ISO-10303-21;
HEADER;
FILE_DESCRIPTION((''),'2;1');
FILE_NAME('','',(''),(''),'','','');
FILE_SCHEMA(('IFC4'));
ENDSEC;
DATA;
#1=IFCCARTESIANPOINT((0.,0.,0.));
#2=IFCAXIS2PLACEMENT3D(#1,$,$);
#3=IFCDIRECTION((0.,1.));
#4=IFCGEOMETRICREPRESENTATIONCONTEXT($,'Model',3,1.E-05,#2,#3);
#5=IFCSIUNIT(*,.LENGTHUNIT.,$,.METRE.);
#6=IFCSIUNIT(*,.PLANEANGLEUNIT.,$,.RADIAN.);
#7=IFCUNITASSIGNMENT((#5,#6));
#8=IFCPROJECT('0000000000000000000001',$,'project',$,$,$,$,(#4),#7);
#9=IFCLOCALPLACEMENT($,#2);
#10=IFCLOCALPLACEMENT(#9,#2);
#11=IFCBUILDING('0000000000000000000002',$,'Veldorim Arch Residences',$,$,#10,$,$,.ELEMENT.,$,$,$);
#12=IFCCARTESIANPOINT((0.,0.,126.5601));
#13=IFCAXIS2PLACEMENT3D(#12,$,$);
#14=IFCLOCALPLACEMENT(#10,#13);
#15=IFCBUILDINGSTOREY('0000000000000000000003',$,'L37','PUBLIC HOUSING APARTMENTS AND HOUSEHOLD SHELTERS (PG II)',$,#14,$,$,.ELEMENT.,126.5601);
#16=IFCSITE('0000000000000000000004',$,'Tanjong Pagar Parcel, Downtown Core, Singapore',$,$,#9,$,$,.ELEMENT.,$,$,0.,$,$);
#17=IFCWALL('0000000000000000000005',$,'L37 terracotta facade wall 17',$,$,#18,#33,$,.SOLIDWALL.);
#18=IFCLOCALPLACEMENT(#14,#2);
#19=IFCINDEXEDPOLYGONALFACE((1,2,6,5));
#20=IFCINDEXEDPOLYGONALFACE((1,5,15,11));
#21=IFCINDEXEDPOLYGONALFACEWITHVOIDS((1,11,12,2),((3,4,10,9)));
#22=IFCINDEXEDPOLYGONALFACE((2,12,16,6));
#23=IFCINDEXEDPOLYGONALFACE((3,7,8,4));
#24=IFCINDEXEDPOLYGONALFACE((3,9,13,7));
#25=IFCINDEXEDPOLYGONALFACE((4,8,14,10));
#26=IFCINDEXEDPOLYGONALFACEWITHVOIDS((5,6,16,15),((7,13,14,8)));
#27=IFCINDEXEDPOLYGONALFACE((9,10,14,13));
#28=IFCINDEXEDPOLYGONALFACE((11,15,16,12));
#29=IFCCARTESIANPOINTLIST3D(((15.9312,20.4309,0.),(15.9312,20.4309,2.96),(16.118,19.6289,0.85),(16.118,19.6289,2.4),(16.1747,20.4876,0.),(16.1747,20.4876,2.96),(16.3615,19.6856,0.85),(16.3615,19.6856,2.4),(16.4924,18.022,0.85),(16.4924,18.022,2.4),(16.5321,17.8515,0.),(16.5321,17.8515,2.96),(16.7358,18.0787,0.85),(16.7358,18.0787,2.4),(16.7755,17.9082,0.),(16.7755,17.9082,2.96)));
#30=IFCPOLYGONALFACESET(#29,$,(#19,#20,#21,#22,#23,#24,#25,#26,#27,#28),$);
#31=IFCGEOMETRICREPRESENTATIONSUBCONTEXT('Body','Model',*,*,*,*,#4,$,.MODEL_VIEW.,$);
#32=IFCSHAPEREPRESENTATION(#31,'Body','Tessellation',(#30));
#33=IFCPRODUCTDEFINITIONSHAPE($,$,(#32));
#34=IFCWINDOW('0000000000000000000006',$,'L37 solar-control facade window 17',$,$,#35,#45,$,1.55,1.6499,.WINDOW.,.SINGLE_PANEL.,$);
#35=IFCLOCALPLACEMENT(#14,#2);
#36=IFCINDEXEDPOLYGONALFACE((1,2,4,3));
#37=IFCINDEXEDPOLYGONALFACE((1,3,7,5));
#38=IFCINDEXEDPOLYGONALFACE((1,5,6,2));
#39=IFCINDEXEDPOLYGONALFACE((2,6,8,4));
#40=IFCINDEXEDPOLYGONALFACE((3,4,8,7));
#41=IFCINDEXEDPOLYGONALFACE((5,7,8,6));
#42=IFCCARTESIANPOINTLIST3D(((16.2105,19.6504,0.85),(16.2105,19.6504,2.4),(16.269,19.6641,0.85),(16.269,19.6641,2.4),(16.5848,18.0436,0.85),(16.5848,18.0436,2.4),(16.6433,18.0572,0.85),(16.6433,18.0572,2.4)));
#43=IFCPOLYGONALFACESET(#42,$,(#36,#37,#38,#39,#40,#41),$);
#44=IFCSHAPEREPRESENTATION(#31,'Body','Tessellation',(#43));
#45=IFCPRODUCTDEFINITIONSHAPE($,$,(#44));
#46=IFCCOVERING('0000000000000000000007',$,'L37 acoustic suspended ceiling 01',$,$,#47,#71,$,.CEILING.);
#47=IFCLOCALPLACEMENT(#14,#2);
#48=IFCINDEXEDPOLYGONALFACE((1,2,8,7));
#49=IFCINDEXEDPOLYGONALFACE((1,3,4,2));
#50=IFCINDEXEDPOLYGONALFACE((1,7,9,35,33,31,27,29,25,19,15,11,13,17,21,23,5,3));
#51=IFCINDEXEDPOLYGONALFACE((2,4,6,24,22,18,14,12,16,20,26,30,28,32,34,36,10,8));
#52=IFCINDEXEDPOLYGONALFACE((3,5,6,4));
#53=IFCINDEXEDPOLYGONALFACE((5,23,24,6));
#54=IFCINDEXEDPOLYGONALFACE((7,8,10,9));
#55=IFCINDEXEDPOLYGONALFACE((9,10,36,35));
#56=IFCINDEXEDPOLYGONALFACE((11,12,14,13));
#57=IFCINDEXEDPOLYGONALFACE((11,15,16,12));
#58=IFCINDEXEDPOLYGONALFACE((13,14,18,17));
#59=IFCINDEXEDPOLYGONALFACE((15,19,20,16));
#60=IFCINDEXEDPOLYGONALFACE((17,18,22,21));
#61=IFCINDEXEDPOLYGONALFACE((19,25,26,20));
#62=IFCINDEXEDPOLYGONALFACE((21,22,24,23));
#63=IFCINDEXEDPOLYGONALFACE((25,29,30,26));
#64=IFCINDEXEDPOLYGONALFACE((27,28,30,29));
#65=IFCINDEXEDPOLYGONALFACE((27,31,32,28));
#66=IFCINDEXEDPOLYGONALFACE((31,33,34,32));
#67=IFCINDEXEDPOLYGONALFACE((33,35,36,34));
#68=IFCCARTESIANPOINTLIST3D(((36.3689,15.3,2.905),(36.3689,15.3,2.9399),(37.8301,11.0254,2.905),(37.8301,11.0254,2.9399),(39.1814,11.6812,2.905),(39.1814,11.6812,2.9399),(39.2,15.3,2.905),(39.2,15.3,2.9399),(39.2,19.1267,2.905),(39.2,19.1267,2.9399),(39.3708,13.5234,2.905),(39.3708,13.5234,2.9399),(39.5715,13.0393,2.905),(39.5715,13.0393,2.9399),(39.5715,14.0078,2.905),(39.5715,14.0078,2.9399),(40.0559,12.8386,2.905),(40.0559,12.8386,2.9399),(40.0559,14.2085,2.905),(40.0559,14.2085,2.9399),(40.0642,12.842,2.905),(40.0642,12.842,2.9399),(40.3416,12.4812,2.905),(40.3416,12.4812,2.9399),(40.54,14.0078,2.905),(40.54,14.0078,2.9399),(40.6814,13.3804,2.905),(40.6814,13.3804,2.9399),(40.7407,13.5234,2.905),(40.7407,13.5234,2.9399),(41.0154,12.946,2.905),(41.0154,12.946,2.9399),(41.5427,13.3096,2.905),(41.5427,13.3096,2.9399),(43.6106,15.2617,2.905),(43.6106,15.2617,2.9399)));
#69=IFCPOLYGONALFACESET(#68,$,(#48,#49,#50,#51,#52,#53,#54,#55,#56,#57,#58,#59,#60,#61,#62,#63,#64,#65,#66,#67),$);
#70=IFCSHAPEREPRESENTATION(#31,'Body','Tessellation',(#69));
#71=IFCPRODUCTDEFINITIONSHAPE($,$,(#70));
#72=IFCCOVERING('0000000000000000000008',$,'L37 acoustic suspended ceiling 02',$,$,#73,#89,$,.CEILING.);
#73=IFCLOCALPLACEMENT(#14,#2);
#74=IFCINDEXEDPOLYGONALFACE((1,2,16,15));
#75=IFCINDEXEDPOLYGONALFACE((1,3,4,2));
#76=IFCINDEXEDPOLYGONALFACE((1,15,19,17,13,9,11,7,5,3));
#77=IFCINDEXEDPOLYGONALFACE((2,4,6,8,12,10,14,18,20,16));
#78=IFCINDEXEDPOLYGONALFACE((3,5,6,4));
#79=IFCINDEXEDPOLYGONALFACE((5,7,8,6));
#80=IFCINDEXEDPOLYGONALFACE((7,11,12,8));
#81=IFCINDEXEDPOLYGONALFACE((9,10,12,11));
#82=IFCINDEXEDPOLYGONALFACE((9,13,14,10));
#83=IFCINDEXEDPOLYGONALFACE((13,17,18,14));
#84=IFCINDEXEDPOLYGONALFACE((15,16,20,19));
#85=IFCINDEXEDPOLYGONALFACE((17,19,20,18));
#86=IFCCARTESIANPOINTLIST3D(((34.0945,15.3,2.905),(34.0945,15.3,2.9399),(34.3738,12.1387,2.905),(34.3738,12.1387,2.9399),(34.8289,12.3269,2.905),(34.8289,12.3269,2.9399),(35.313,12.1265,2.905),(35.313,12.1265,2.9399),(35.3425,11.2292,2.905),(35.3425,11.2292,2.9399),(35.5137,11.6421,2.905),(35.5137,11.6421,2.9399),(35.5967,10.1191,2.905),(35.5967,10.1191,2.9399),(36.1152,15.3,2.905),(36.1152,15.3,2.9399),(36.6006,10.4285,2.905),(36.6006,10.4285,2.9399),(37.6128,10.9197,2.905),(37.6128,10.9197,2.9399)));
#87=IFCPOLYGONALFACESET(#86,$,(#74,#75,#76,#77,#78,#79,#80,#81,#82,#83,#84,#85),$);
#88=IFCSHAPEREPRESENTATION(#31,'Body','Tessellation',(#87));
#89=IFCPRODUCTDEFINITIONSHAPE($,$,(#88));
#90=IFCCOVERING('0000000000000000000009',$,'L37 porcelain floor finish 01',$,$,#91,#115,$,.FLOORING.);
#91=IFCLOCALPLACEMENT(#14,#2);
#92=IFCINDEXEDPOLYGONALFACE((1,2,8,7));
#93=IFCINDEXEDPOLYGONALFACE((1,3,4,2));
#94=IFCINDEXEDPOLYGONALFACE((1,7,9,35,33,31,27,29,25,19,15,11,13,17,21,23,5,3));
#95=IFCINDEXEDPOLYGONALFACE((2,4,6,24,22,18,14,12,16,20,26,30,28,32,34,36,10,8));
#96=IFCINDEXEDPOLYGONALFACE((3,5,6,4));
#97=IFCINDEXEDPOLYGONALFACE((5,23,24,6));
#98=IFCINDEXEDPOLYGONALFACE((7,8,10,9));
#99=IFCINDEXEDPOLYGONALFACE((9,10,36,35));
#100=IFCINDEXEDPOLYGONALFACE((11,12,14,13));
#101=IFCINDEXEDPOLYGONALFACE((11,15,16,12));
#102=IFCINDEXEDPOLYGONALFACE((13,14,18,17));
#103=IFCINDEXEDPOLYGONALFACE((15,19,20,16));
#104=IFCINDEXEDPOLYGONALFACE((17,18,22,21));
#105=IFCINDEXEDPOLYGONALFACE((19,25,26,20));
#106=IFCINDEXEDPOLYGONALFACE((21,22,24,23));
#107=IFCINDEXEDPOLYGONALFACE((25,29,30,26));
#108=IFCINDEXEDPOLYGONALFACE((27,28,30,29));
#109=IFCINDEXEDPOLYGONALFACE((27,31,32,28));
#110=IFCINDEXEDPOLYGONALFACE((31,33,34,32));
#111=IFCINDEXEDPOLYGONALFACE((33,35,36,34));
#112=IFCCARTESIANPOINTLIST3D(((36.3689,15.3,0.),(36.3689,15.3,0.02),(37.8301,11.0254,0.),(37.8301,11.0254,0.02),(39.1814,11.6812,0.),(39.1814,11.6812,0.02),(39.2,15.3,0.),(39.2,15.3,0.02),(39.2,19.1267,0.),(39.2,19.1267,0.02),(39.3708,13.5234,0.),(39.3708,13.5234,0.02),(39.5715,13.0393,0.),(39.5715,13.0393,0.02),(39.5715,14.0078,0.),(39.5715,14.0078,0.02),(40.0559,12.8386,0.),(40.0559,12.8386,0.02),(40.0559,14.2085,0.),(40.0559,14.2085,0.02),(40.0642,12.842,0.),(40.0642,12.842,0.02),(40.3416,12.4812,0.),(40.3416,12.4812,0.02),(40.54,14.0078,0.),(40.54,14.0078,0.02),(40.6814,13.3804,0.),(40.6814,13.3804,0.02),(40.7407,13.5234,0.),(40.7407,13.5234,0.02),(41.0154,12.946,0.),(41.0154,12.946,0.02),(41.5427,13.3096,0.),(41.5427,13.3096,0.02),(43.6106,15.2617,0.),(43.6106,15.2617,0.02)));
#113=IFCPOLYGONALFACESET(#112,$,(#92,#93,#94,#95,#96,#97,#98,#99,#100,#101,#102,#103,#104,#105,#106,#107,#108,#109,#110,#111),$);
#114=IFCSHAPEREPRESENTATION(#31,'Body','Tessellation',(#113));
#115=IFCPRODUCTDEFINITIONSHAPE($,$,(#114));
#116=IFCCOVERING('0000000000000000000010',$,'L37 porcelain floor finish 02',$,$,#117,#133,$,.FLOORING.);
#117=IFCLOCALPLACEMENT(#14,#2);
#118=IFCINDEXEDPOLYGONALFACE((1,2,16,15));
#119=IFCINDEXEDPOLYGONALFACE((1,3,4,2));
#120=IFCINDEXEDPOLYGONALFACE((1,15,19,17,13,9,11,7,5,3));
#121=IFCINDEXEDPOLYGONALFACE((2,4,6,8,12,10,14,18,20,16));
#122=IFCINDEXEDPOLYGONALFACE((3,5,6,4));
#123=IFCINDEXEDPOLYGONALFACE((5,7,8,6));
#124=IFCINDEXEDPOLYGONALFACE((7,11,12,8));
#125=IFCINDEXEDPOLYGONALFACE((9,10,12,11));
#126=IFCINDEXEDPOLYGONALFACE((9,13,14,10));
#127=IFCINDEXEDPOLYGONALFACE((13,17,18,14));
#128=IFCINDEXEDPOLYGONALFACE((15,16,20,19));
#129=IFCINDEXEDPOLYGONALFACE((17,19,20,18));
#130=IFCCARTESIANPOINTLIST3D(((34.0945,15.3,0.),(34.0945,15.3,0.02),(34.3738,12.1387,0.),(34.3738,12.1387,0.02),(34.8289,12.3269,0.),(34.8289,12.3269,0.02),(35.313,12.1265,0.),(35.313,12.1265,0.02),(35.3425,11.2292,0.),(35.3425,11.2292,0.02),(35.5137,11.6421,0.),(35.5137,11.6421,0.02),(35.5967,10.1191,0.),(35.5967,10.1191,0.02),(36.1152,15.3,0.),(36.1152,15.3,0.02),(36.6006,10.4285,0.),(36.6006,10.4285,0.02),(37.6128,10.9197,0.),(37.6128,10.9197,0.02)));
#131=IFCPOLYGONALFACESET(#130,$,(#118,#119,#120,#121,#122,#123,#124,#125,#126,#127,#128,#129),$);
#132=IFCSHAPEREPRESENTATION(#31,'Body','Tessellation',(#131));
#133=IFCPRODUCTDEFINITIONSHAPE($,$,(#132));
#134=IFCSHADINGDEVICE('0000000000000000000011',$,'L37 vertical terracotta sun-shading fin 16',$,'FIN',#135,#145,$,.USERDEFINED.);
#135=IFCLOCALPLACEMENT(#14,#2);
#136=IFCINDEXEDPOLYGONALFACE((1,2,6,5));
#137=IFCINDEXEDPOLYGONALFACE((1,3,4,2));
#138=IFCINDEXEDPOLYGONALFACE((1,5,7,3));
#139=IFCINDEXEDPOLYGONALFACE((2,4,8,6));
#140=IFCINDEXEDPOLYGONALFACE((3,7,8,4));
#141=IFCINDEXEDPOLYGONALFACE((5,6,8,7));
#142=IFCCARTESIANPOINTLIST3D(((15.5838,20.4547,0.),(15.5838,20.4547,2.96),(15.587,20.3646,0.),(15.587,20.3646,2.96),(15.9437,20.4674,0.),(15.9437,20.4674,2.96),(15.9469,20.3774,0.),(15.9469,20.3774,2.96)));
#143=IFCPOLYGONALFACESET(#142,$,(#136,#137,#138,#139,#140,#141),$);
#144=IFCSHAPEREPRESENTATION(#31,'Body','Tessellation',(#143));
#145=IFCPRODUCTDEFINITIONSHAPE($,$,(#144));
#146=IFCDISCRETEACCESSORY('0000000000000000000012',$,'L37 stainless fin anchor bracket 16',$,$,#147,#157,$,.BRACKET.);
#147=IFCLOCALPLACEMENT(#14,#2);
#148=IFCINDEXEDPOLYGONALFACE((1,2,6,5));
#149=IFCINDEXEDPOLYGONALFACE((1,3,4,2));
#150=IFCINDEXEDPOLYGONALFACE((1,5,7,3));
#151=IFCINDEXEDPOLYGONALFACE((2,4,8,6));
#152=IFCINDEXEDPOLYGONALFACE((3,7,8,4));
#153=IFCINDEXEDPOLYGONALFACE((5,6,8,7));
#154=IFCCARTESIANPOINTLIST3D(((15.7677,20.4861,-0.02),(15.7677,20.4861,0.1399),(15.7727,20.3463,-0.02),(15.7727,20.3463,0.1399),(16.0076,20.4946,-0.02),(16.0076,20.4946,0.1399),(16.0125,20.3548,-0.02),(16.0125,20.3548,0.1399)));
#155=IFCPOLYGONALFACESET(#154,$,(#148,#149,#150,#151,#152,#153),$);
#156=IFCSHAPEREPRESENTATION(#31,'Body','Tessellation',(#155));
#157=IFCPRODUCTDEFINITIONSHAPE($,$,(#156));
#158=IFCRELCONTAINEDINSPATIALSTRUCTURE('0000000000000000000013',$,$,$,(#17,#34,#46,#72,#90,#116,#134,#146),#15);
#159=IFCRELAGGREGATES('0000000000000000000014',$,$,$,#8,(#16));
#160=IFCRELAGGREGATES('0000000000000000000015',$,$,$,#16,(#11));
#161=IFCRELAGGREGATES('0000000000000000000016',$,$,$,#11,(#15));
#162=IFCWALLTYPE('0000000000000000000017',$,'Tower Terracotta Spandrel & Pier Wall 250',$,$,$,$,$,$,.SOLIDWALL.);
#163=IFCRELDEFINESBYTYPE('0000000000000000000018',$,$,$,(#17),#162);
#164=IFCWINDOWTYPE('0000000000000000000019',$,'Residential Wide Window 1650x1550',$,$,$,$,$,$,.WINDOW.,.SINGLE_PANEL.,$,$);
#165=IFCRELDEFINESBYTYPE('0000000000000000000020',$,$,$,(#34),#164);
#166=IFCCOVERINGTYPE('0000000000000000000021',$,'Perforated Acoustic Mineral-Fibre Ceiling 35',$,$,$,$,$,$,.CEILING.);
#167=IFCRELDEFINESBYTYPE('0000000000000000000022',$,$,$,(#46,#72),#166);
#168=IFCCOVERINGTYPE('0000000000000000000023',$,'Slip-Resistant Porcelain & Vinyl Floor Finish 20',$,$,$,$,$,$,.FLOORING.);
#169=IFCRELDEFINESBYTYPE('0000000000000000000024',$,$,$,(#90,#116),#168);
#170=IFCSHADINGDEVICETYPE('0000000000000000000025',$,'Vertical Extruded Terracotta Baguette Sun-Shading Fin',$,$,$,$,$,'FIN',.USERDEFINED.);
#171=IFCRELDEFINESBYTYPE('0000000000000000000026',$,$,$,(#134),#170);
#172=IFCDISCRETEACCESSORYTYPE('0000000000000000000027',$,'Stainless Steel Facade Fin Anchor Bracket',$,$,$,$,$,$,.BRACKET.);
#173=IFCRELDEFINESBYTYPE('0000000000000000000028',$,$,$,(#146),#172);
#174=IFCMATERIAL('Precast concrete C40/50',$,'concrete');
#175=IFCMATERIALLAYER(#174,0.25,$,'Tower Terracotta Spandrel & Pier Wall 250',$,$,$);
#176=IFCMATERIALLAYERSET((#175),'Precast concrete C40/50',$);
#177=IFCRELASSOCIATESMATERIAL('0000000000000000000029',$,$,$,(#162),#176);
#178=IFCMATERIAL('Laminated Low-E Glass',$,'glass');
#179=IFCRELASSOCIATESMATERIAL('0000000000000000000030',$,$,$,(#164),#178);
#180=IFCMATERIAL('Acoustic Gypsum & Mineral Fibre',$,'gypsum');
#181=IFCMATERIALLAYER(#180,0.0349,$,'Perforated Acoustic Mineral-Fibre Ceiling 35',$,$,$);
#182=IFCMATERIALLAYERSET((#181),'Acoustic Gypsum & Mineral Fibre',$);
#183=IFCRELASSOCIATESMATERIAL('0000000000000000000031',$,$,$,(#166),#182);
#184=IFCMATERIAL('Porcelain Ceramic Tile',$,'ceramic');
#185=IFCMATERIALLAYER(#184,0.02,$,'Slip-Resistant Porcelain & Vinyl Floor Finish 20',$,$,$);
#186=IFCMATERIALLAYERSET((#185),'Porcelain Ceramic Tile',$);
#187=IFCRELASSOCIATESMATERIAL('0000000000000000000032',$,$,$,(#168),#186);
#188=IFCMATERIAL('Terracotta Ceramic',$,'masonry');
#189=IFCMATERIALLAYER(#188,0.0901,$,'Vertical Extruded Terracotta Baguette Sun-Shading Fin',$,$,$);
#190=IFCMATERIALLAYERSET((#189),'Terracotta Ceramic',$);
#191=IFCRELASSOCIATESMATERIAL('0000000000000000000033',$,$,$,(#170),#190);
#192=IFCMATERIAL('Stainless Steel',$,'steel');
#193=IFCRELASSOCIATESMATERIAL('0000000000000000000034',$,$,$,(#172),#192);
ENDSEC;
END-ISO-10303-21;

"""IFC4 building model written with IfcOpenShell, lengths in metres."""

from ifc_helpers import new_model, si_unit, direction, frame, frame_2d, origin, origin_2d, place, context, subcontext, project, spatial, polyline, rectangle, outline, extrude, material, layer, layer_set, type_object, element, fill, save


model = new_model("IFC4")

# Units and contexts
model_context = context("Model", 3, precision=1e-05, world=origin(), true_north=direction((0.0, 1.0)))
body_context = subcontext(model_context, "Body", "Model", "MODEL_VIEW")
ifc_project = project(units=[si_unit("LENGTHUNIT", "METRE"), si_unit("PLANEANGLEUNIT", "RADIAN")], contexts=[model_context])

# Site, building, storey
site_placement = place(None, origin())
site = spatial("IfcSite", under=ifc_project, at=site_placement, Name="Tanjong Pagar Parcel, Downtown Core, Singapore", CompositionType="ELEMENT", RefElevation=0.0)
building_placement = place(site_placement, origin())
building = spatial("IfcBuilding", under=site, at=building_placement, Name="Veldorim Arch Residences", CompositionType="ELEMENT")
storey_placement = place(building_placement, frame((0.0, 0.0, 126.5601)))
storey = spatial("IfcBuildingStorey", under=building, at=storey_placement, Name="L37", Description="PUBLIC HOUSING APARTMENTS AND HOUSEHOLD SHELTERS (PG II)", CompositionType="ELEMENT", Elevation=126.5601)

# Wall, opening, window
ifc_material_1 = material(Name="Precast concrete C40/50", Category="concrete")
ifc_layer_1 = layer(ifc_material_1, 0.25, Name="Tower Terracotta Spandrel & Pier Wall 250")
ifc_layer_set_1 = layer_set([ifc_layer_1], Name="Precast concrete C40/50")
wall_type_1 = type_object("IfcWallType", Name="Tower Terracotta Spandrel & Pier Wall 250", PredefinedType="SOLIDWALL", material=ifc_layer_set_1)
wall_1_placement = place(storey_placement, frame((16.6538, 17.8799, 0.0), z_axis=(0.0, 0.0, 1.0), x_axis=(-0.226865, 0.973926, 0.0)))
wall_1 = element("IfcWall", 1, at=wall_1_placement, inside=storey, type_object=wall_type_1, Name="L37 terracotta facade wall 17", PredefinedType="SOLIDWALL", context=body_context, shape_type="SweptSolid", body=[
    extrude(rectangle(XDim=2.6484, YDim=0.25, at=frame_2d((1.3242, 0.0))), origin(), (0.0, 0.0, 1.0), 2.96),
])
opening_1_placement = place(wall_1_placement, frame((0.175, 0.0, 0.8501)))
opening_1 = element("IfcOpeningElement", 2, at=opening_1_placement, cuts=wall_1, PredefinedType="OPENING", context=body_context, shape_type="SweptSolid", body=[
    extrude(rectangle(XDim=1.6499, YDim=1.55, at=frame_2d((0.825, 0.7749))), frame((0.0, 0.135, 0.0), z_axis=(0.0, -1.0, 0.0), x_axis=(1.0, 0.0, 0.0)), (0.0, 0.0, 1.0), 0.27),
])
ifc_material_2 = material(Name="Laminated Low-E Glass", Category="glass")
window_type = type_object("IfcWindowType", Name="Residential Wide Window 1650x1550", PartitioningType="SINGLE_PANEL", PredefinedType="WINDOW", material=ifc_material_2)
window_placement = place(opening_1_placement, origin())
window = element("IfcWindow", 3, at=window_placement, inside=storey, type_object=window_type, Name="L37 solar-control facade window 17", OverallHeight=1.55, OverallWidth=1.6499, PartitioningType="SINGLE_PANEL", PredefinedType="WINDOW", context=body_context, shape_type="SweptSolid", body=[
    extrude(rectangle(XDim=1.6499, YDim=1.55, at=frame_2d((0.825, 0.7749))), frame((0.0, 0.03, 0.0), z_axis=(0.0, -1.0, 0.0), x_axis=(1.0, 0.0, 0.0)), (0.0, 0.0, 1.0), 0.0601),
])
fill(opening_1, window)

# Coverings
ifc_material_3 = material(Name="Acoustic Gypsum & Mineral Fibre", Category="gypsum")
ifc_layer_2 = layer(ifc_material_3, 0.0349, Name="Perforated Acoustic Mineral-Fibre Ceiling 35")
ifc_layer_set_2 = layer_set([ifc_layer_2], Name="Acoustic Gypsum & Mineral Fibre")
covering_type_1 = type_object("IfcCoveringType", Name="Perforated Acoustic Mineral-Fibre Ceiling 35", PredefinedType="CEILING", material=ifc_layer_set_2)
covering_1_placement = place(storey_placement, frame((0.0, 0.0, 2.905)))
element("IfcCovering", 4, at=covering_1_placement, inside=storey, type_object=covering_type_1, Name="L37 acoustic suspended ceiling 01", PredefinedType="CEILING", context=body_context, shape_type="SweptSolid", body=[
    extrude(outline(polyline([(40.3416, 12.4812), (39.1814, 11.6812), (37.8301, 11.0254), (36.3689, 15.3), (39.2, 15.3), (39.2, 19.1267), (43.6106, 15.2617), (41.5427, 13.3096), (41.0154, 12.946), (40.6814, 13.3804), (40.7407, 13.5234), (40.54, 14.0078), (40.0559, 14.2085), (39.5715, 14.0078), (39.3708, 13.5234), (39.5715, 13.0393), (40.0559, 12.8386), (40.0642, 12.842), (40.3416, 12.4812)])), origin(), (0.0, 0.0, 1.0), 0.0349),
])
covering_2_placement = place(storey_placement, frame((0.0, 0.0, 2.905)))
element("IfcCovering", 5, at=covering_2_placement, inside=storey, type_object=covering_type_1, Name="L37 acoustic suspended ceiling 02", PredefinedType="CEILING", context=body_context, shape_type="SweptSolid", body=[
    extrude(outline(polyline([(34.0945, 15.3), (36.1152, 15.3), (37.6128, 10.9197), (36.6006, 10.4285), (35.5967, 10.1191), (35.3425, 11.2292), (35.5137, 11.6421), (35.313, 12.1265), (34.8289, 12.3269), (34.3738, 12.1387), (34.0945, 15.3)])), origin(), (0.0, 0.0, 1.0), 0.0349),
])
ifc_material_4 = material(Name="Porcelain Ceramic Tile", Category="ceramic")
ifc_layer_3 = layer(ifc_material_4, 0.02, Name="Slip-Resistant Porcelain & Vinyl Floor Finish 20")
ifc_layer_set_3 = layer_set([ifc_layer_3], Name="Porcelain Ceramic Tile")
covering_type_2 = type_object("IfcCoveringType", Name="Slip-Resistant Porcelain & Vinyl Floor Finish 20", PredefinedType="FLOORING", material=ifc_layer_set_3)
covering_3_placement = place(storey_placement, origin())
element("IfcCovering", 6, at=covering_3_placement, inside=storey, type_object=covering_type_2, Name="L37 porcelain floor finish 01", PredefinedType="FLOORING", context=body_context, shape_type="SweptSolid", body=[
    extrude(outline(polyline([(40.3416, 12.4812), (39.1814, 11.6812), (37.8301, 11.0254), (36.3689, 15.3), (39.2, 15.3), (39.2, 19.1267), (43.6106, 15.2617), (41.5427, 13.3096), (41.0154, 12.946), (40.6814, 13.3804), (40.7407, 13.5234), (40.54, 14.0078), (40.0559, 14.2085), (39.5715, 14.0078), (39.3708, 13.5234), (39.5715, 13.0393), (40.0559, 12.8386), (40.0642, 12.842), (40.3416, 12.4812)])), origin(), (0.0, 0.0, 1.0), 0.02),
])
covering_4_placement = place(storey_placement, origin())
element("IfcCovering", 7, at=covering_4_placement, inside=storey, type_object=covering_type_2, Name="L37 porcelain floor finish 02", PredefinedType="FLOORING", context=body_context, shape_type="SweptSolid", body=[
    extrude(outline(polyline([(34.0945, 15.3), (36.1152, 15.3), (37.6128, 10.9197), (36.6006, 10.4285), (35.5967, 10.1191), (35.3425, 11.2292), (35.5137, 11.6421), (35.313, 12.1265), (34.8289, 12.3269), (34.3738, 12.1387), (34.0945, 15.3)])), origin(), (0.0, 0.0, 1.0), 0.02),
])

# Shading device
ifc_material_5 = material(Name="Terracotta Ceramic", Category="masonry")
ifc_layer_4 = layer(ifc_material_5, 0.0901, Name="Vertical Extruded Terracotta Baguette Sun-Shading Fin")
ifc_layer_set_4 = layer_set([ifc_layer_4], Name="Terracotta Ceramic")
shading_device_type = type_object("IfcShadingDeviceType", Name="Vertical Extruded Terracotta Baguette Sun-Shading Fin", ElementType="FIN", PredefinedType="USERDEFINED", material=ifc_layer_set_4)
shading_device_placement = place(storey_placement, frame((15.7654, 20.416, 0.0), z_axis=(0.0, 0.0, 1.0), x_axis=(-0.035423, 0.999372, 0.0)))
element("IfcShadingDevice", 8, at=shading_device_placement, inside=storey, type_object=shading_device_type, Name="L37 vertical terracotta sun-shading fin 16", ObjectType="FIN", PredefinedType="USERDEFINED", context=body_context, shape_type="SweptSolid", body=[
    extrude(rectangle(XDim=0.0901, YDim=0.3601, at=origin_2d()), origin(), (0.0, 0.0, 1.0), 2.96),
])

# Discrete accessory
ifc_material_6 = material(Name="Stainless Steel", Category="steel")
discrete_accessory_type = type_object("IfcDiscreteAccessoryType", Name="Stainless Steel Facade Fin Anchor Bracket", PredefinedType="BRACKET", material=ifc_material_6)
discrete_accessory_placement = place(storey_placement, frame((15.8901, 20.4204, -0.02), z_axis=(0.0, 0.0, 1.0), x_axis=(-0.035423, 0.999372, 0.0)))
element("IfcDiscreteAccessory", 9, at=discrete_accessory_placement, inside=storey, type_object=discrete_accessory_type, Name="L37 stainless fin anchor bracket 16", PredefinedType="BRACKET", context=body_context, shape_type="SweptSolid", body=[
    extrude(rectangle(XDim=0.1399, YDim=0.24, at=origin_2d()), origin(), (0.0, 0.0, 1.0), 0.1599),
])

save(model, "model.ifc")
